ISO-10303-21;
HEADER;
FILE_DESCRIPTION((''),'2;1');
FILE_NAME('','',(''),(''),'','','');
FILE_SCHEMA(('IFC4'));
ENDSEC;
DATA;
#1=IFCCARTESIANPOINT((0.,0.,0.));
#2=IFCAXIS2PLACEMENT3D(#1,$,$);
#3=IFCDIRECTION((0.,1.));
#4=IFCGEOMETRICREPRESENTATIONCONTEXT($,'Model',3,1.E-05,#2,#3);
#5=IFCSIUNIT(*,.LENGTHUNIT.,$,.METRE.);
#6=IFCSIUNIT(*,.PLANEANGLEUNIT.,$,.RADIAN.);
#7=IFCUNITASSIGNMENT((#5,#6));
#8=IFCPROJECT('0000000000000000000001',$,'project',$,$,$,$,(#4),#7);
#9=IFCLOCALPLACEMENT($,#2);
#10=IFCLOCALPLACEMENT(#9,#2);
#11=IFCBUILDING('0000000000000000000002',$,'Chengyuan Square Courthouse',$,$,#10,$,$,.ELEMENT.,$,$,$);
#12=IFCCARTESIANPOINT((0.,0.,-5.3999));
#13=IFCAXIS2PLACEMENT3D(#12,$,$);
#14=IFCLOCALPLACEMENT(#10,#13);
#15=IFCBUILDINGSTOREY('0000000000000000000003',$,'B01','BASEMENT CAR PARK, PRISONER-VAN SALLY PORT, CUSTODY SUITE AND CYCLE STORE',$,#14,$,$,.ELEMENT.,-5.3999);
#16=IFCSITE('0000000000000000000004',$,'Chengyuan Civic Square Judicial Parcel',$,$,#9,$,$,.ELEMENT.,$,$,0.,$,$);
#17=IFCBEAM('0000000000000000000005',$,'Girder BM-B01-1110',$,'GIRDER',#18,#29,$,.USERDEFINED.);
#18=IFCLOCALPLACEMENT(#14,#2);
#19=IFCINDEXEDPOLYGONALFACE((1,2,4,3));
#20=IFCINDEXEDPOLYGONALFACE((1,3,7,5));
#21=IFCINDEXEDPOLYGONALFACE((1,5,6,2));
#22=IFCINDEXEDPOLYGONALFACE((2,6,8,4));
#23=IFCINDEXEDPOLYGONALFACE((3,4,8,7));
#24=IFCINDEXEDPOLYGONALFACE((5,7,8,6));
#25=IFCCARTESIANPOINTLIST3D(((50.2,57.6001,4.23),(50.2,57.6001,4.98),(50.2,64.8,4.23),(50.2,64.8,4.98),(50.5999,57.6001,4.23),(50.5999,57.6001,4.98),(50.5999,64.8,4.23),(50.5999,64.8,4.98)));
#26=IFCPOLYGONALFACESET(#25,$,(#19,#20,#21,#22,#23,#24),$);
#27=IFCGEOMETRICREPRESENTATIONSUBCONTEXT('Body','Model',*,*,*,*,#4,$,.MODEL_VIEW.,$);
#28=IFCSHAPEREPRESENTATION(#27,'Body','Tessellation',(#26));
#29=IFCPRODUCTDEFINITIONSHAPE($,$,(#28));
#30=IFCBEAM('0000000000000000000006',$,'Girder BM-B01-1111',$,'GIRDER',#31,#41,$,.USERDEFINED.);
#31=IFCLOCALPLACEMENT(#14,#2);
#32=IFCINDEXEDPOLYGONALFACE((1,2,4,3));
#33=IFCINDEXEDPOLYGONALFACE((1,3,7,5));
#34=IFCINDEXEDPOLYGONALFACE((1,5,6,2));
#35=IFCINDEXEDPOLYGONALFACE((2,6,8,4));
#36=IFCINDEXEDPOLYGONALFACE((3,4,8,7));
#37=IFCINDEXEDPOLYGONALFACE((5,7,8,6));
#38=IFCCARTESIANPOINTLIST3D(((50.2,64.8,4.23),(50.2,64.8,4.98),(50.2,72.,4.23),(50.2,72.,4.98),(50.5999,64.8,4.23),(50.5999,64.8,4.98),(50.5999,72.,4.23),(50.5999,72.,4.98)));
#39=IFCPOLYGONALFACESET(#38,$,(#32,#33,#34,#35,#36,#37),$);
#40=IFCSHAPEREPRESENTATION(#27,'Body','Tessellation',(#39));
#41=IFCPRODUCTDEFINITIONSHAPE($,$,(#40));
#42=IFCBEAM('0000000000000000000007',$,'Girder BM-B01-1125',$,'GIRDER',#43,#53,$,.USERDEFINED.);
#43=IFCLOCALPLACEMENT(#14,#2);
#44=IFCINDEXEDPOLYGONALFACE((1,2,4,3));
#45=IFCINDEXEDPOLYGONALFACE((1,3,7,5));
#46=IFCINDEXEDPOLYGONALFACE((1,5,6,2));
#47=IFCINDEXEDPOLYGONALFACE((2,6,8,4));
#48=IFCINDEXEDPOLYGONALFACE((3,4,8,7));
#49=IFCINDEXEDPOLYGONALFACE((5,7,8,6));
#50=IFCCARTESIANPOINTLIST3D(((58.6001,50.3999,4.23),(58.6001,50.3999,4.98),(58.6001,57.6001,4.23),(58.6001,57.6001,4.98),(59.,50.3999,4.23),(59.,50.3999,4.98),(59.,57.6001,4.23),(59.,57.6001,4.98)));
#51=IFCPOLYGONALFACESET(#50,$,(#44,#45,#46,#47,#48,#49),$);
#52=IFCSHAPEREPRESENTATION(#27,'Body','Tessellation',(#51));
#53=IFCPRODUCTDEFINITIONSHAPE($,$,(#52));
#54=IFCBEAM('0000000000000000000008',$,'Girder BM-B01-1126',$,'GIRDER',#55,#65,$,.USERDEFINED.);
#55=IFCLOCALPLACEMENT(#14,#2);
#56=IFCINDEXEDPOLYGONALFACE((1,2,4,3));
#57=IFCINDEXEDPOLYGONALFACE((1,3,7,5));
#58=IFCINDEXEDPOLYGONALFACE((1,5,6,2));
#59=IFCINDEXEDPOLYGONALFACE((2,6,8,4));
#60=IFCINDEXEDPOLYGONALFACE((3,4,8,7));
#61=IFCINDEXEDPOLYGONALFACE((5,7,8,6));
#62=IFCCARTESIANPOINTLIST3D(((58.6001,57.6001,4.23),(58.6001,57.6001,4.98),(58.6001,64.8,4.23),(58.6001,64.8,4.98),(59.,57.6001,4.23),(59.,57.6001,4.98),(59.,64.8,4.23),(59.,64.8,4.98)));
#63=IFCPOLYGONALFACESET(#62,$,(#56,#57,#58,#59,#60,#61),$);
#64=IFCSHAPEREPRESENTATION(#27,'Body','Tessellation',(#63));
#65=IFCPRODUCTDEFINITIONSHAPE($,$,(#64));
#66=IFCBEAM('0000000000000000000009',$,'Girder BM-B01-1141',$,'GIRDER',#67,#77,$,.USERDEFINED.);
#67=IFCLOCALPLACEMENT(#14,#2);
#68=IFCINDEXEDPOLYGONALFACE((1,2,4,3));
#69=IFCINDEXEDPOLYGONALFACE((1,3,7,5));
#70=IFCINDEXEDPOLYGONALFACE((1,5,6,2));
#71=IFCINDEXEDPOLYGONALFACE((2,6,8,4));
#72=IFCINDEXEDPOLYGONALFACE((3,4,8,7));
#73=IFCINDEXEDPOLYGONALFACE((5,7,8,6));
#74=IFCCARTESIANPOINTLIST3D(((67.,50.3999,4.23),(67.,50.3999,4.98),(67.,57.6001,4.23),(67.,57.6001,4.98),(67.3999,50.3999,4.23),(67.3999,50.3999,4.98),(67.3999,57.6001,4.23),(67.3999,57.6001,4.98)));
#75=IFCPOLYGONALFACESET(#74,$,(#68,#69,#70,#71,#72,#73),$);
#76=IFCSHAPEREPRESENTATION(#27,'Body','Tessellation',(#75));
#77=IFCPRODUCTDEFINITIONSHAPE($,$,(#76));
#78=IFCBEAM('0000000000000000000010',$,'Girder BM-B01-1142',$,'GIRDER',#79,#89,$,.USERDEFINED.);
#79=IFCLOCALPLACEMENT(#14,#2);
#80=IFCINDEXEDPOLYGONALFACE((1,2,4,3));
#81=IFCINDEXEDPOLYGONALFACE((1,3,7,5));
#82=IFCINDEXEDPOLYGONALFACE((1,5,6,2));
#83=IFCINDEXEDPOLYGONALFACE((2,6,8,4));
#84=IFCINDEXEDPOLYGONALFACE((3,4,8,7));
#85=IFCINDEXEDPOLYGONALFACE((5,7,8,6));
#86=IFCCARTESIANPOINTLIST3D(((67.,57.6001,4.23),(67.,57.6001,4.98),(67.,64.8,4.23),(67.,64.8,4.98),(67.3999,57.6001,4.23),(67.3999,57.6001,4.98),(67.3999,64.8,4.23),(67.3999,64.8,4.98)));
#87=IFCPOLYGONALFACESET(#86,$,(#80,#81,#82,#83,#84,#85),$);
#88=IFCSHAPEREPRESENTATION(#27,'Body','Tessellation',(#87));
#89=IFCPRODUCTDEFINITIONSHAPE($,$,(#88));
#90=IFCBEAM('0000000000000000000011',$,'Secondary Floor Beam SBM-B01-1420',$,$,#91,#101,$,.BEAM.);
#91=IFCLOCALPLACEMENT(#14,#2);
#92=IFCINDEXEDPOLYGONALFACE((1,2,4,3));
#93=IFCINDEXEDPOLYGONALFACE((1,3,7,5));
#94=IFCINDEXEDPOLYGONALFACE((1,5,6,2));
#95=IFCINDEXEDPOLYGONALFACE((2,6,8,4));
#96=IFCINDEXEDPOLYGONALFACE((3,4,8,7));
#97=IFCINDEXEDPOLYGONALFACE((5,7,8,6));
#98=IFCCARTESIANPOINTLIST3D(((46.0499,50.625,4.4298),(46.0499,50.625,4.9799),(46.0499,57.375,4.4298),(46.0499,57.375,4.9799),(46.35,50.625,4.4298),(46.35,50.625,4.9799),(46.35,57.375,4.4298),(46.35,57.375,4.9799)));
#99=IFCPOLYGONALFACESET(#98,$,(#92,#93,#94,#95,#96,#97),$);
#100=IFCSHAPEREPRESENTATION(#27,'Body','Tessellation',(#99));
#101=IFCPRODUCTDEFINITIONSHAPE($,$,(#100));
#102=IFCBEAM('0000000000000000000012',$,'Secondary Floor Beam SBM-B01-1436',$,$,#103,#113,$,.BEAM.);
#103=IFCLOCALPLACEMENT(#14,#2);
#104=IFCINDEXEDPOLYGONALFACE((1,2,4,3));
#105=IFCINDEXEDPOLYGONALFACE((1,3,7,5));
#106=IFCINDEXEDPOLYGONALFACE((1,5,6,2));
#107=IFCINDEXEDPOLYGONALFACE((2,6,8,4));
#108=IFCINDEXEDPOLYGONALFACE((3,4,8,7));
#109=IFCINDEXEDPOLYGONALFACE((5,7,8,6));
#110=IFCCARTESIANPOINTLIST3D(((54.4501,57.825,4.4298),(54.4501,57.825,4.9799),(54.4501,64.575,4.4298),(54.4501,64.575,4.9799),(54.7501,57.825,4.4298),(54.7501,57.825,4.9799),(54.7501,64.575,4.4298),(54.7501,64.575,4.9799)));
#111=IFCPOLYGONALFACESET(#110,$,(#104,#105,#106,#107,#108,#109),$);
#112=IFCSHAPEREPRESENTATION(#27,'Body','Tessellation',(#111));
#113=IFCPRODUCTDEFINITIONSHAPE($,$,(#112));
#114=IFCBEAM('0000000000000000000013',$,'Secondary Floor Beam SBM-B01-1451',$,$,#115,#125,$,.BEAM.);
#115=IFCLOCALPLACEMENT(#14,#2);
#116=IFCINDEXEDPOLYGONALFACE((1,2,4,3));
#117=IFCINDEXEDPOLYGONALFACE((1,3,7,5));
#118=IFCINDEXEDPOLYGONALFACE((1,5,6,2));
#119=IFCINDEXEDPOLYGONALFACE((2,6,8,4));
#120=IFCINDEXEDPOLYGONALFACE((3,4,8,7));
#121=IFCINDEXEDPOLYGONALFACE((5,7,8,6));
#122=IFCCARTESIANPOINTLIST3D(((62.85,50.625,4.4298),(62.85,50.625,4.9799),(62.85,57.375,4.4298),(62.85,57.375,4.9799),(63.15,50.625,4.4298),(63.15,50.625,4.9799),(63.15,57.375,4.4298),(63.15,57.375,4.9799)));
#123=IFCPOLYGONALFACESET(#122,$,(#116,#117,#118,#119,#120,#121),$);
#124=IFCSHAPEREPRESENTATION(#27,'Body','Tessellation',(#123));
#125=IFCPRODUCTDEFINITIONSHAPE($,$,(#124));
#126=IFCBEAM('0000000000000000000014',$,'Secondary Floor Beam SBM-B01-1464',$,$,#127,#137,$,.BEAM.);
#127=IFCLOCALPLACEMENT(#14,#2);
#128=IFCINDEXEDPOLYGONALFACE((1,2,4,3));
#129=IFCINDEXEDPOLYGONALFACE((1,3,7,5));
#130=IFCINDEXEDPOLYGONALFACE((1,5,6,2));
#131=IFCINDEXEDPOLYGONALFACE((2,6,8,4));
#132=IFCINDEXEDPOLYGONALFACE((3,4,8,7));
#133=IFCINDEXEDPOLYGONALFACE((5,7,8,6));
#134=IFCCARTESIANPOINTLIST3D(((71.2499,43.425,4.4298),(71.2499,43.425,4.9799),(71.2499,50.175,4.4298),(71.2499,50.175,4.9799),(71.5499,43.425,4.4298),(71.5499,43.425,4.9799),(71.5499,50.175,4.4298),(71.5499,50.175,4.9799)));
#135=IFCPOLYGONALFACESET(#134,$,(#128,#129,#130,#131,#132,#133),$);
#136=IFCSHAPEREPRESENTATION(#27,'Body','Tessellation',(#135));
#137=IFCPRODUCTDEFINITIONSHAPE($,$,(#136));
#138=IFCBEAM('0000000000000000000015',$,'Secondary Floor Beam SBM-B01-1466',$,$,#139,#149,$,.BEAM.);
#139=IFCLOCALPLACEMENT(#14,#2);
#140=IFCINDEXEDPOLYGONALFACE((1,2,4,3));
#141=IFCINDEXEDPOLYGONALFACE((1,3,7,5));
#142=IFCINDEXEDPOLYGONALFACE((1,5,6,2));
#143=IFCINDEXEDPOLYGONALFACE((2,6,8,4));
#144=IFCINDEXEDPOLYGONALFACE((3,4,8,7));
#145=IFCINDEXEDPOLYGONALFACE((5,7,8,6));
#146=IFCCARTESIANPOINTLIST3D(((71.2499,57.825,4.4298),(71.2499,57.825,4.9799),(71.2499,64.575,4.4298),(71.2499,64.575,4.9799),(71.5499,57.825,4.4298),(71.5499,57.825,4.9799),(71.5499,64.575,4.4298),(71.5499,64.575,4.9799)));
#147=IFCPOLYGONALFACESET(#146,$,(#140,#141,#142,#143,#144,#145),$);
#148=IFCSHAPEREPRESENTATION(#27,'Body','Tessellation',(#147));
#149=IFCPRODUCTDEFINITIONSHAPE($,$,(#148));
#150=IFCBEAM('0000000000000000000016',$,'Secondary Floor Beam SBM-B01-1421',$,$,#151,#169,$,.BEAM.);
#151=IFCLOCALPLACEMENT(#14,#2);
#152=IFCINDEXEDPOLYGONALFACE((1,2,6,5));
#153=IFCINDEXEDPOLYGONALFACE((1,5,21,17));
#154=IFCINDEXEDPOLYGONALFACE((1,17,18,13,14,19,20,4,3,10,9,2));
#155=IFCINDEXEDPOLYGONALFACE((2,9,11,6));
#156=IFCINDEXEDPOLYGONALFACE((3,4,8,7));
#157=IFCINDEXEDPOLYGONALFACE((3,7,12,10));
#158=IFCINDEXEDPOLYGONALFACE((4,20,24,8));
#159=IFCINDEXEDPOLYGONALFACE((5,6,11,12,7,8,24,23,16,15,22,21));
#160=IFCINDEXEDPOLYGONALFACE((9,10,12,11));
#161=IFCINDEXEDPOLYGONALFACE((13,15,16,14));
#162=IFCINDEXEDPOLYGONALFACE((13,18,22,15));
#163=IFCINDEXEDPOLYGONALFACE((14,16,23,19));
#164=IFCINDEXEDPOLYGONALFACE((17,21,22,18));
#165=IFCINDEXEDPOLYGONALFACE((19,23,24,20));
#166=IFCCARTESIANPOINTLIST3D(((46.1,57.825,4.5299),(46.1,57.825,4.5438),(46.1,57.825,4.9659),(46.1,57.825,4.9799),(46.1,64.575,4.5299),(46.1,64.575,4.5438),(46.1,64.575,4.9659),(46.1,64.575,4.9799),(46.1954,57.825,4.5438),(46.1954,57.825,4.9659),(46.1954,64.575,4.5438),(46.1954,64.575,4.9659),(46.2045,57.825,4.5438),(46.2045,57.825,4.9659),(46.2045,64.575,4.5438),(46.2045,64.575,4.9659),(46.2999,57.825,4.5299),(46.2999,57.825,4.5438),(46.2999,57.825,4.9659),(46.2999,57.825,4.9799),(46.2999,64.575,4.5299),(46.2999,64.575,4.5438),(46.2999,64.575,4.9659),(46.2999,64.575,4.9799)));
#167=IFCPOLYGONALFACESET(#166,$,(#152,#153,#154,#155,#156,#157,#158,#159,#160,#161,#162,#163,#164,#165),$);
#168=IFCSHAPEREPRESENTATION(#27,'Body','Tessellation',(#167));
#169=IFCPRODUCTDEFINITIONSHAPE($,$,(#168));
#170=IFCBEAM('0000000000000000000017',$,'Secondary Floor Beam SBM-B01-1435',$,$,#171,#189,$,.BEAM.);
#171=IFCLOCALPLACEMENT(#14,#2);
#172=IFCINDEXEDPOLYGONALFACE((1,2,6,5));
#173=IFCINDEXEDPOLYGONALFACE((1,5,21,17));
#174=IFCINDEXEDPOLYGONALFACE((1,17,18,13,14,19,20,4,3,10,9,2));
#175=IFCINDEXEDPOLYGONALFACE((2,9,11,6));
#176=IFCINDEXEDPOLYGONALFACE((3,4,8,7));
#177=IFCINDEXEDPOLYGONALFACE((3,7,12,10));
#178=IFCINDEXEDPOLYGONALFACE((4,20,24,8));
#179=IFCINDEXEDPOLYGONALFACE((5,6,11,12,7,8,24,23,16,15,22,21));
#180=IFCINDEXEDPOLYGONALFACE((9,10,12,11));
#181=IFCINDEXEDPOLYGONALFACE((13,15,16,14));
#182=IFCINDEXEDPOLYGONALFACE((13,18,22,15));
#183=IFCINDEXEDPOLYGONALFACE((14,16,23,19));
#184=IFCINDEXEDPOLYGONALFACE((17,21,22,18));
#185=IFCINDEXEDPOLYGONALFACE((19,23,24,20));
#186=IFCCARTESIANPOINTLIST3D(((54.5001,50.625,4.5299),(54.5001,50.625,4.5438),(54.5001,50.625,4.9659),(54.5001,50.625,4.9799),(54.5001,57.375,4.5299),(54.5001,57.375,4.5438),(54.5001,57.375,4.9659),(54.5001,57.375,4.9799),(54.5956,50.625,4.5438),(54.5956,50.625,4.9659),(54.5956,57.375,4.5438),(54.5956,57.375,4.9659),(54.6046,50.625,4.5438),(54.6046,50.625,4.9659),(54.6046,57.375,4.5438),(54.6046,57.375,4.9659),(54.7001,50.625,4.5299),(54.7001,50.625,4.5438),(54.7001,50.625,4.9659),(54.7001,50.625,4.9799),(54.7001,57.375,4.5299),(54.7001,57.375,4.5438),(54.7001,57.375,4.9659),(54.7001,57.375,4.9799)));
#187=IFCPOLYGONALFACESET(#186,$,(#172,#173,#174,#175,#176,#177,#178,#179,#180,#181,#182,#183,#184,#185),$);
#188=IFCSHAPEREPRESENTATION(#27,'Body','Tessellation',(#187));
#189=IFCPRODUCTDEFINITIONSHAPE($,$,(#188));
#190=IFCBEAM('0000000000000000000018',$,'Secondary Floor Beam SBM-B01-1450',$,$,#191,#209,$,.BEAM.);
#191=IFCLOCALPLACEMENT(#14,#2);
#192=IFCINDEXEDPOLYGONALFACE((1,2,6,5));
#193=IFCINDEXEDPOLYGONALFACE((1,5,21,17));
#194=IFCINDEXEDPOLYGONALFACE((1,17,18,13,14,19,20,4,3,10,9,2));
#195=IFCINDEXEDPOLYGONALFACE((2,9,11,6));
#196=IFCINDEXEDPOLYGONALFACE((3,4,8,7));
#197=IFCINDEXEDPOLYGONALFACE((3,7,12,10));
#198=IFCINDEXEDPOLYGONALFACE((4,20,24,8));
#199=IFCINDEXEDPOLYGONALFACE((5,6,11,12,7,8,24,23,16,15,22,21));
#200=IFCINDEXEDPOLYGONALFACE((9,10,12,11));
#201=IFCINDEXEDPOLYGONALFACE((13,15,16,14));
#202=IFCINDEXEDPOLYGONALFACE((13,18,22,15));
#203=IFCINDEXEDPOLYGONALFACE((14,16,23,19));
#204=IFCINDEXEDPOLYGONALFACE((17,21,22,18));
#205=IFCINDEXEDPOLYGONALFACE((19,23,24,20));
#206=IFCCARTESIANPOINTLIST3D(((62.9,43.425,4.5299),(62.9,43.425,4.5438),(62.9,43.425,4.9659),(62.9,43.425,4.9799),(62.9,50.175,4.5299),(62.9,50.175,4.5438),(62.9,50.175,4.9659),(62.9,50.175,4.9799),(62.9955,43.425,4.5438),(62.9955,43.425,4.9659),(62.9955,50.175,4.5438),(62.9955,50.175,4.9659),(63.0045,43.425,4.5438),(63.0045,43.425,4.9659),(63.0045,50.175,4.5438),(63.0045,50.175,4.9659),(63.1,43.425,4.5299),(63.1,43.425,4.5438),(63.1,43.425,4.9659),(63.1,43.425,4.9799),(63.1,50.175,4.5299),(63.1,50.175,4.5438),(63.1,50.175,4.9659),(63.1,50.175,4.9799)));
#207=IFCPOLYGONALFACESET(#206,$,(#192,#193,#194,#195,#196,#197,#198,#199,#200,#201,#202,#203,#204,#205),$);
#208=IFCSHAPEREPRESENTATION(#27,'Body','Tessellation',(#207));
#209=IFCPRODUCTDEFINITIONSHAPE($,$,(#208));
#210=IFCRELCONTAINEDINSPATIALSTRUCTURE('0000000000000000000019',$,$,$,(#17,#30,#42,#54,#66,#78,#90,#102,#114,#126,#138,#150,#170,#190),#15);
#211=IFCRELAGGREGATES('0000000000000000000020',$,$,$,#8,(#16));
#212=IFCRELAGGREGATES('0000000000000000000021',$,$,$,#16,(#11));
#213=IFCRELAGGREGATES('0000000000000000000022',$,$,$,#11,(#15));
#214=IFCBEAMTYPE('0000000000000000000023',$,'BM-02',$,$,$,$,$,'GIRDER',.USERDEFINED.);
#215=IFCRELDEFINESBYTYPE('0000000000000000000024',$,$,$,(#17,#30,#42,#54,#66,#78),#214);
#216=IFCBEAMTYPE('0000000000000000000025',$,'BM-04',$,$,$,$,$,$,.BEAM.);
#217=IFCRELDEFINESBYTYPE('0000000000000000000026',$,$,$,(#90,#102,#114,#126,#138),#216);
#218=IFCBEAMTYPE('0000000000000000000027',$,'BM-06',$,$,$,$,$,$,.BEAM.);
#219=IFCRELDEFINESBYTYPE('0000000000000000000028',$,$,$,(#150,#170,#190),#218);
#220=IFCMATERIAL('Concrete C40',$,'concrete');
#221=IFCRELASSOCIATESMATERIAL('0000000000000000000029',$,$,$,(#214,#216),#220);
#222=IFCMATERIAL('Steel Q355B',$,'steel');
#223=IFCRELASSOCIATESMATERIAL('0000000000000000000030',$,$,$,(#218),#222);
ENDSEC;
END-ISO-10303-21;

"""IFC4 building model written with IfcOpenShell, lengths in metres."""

from ifc_helpers import new_model, si_unit, direction, frame, origin, origin_2d, place, context, subcontext, project, spatial, rectangle, i_section, extrude, material, material_profile, profile_set, type_object, element, save


model = new_model("IFC4")

# Units and contexts
model_context = context("Model", 3, precision=1e-05, world=origin(), true_north=direction((0.0, 1.0)))
body_context = subcontext(model_context, "Body", "Model", "MODEL_VIEW")
ifc_project = project(units=[si_unit("LENGTHUNIT", "METRE"), si_unit("PLANEANGLEUNIT", "RADIAN")], contexts=[model_context])

# Site, building, storey
site_placement = place(None, origin())
site = spatial("IfcSite", under=ifc_project, at=site_placement, Name="Chengyuan Civic Square Judicial Parcel", CompositionType="ELEMENT", RefElevation=0.0)
building_placement = place(site_placement, origin())
building = spatial("IfcBuilding", under=site, at=building_placement, Name="Chengyuan Square Courthouse", CompositionType="ELEMENT")
storey_placement = place(building_placement, frame((0.0, 0.0, -5.3999)))
storey = spatial("IfcBuildingStorey", under=building, at=storey_placement, Name="B01", Description="BASEMENT CAR PARK, PRISONER-VAN SALLY PORT, CUSTODY SUITE AND CYCLE STORE", CompositionType="ELEMENT", Elevation=-5.3999)

# Beams
ifc_material_1 = material(Name="Concrete C40", Category="concrete")
ifc_material_profile_1 = material_profile(ifc_material_1, rectangle(XDim=0.3999, YDim=0.75, at=origin_2d()), Name="RC-BM-400x750")
ifc_profile_set_1 = profile_set([ifc_material_profile_1], Name="Concrete C40")
beam_type_1 = type_object("IfcBeamType", Name="BM-02", ElementType="GIRDER", PredefinedType="USERDEFINED", material=ifc_profile_set_1)
for number, where, z_axis, x_axis, name in (
    (1, (50.3999, 57.6001, 4.605), (0.0, 1.0, 0.0), (-1.0, 0.0, 0.0), "Girder BM-B01-1110"),
    (2, (50.3999, 64.8, 4.605), (0.0, 1.0, 0.0), (-1.0, 0.0, 0.0), "Girder BM-B01-1111"),
):
    element("IfcBeam", number, at=place(storey_placement, frame(where, z_axis=z_axis, x_axis=x_axis)), inside=storey, type_object=beam_type_1, Name=name, ObjectType="GIRDER", PredefinedType="USERDEFINED", context=body_context, shape_type="SweptSolid", body=[
        extrude(rectangle(XDim=0.3999, YDim=0.75, at=origin_2d()), origin(), (0.0, 0.0, 1.0), 7.2),
    ])
beam_1_placement = place(storey_placement, frame((58.8, 50.3999, 4.605), z_axis=(0.0, 1.0, 0.0), x_axis=(-1.0, 0.0, 0.0)))
element("IfcBeam", 3, at=beam_1_placement, inside=storey, type_object=beam_type_1, Name="Girder BM-B01-1125", ObjectType="GIRDER", PredefinedType="USERDEFINED", context=body_context, shape_type="SweptSolid", body=[
    extrude(rectangle(XDim=0.3999, YDim=0.75, at=origin_2d()), origin(), (0.0, 0.0, 1.0), 7.2002),
])
beam_2_placement = place(storey_placement, frame((58.8, 57.6001, 4.605), z_axis=(0.0, 1.0, 0.0), x_axis=(-1.0, 0.0, 0.0)))
element("IfcBeam", 4, at=beam_2_placement, inside=storey, type_object=beam_type_1, Name="Girder BM-B01-1126", ObjectType="GIRDER", PredefinedType="USERDEFINED", context=body_context, shape_type="SweptSolid", body=[
    extrude(rectangle(XDim=0.3999, YDim=0.75, at=origin_2d()), origin(), (0.0, 0.0, 1.0), 7.2),
])
beam_3_placement = place(storey_placement, frame((67.2, 50.3999, 4.605), z_axis=(0.0, 1.0, 0.0), x_axis=(-1.0, 0.0, 0.0)))
element("IfcBeam", 5, at=beam_3_placement, inside=storey, type_object=beam_type_1, Name="Girder BM-B01-1141", ObjectType="GIRDER", PredefinedType="USERDEFINED", context=body_context, shape_type="SweptSolid", body=[
    extrude(rectangle(XDim=0.3999, YDim=0.75, at=origin_2d()), origin(), (0.0, 0.0, 1.0), 7.2002),
])
beam_4_placement = place(storey_placement, frame((67.2, 57.6001, 4.605), z_axis=(0.0, 1.0, 0.0), x_axis=(-1.0, 0.0, 0.0)))
element("IfcBeam", 6, at=beam_4_placement, inside=storey, type_object=beam_type_1, Name="Girder BM-B01-1142", ObjectType="GIRDER", PredefinedType="USERDEFINED", context=body_context, shape_type="SweptSolid", body=[
    extrude(rectangle(XDim=0.3999, YDim=0.75, at=origin_2d()), origin(), (0.0, 0.0, 1.0), 7.2),
])
ifc_material_profile_2 = material_profile(ifc_material_1, rectangle(XDim=0.3, YDim=0.55, at=origin_2d()), Name="RC-BM-300x550")
ifc_profile_set_2 = profile_set([ifc_material_profile_2], Name="Concrete C40")
beam_type_2 = type_object("IfcBeamType", Name="BM-04", PredefinedType="BEAM", material=ifc_profile_set_2)
for number, where, z_axis, x_axis, name in (
    (7, (46.2, 50.625, 4.7048), (0.0, 1.0, 0.0), (-1.0, 0.0, 0.0), "Secondary Floor Beam SBM-B01-1420"),
    (8, (54.6001, 57.825, 4.7048), (0.0, 1.0, 0.0), (-1.0, 0.0, 0.0), "Secondary Floor Beam SBM-B01-1436"),
    (9, (63.0, 50.625, 4.7048), (0.0, 1.0, 0.0), (-1.0, 0.0, 0.0), "Secondary Floor Beam SBM-B01-1451"),
    (10, (71.3999, 43.425, 4.7048), (0.0, 1.0, 0.0), (-1.0, 0.0, 0.0), "Secondary Floor Beam SBM-B01-1464"),
    (11, (71.3999, 57.825, 4.7048), (0.0, 1.0, 0.0), (-1.0, 0.0, 0.0), "Secondary Floor Beam SBM-B01-1466"),
):
    element("IfcBeam", number, at=place(storey_placement, frame(where, z_axis=z_axis, x_axis=x_axis)), inside=storey, type_object=beam_type_2, Name=name, PredefinedType="BEAM", context=body_context, shape_type="SweptSolid", body=[
        extrude(rectangle(XDim=0.3, YDim=0.55, at=origin_2d()), origin(), (0.0, 0.0, 1.0), 6.75),
    ])
ifc_material_2 = material(Name="Steel Q355B", Category="steel")
ifc_material_profile_3 = material_profile(ifc_material_2, i_section(OverallWidth=0.2, OverallDepth=0.45, WebThickness=0.009, FlangeThickness=0.0139, at=origin_2d()), Name="HN 450x200x9x14")
ifc_profile_set_3 = profile_set([ifc_material_profile_3], Name="Steel Q355B")
beam_type_3 = type_object("IfcBeamType", Name="BM-06", PredefinedType="BEAM", material=ifc_profile_set_3)
for number, where, z_axis, x_axis, name in (
    (12, (46.2, 57.825, 4.7549), (0.0, 1.0, 0.0), (-1.0, 0.0, 0.0), "Secondary Floor Beam SBM-B01-1421"),
    (13, (54.6001, 50.625, 4.7549), (0.0, 1.0, 0.0), (-1.0, 0.0, 0.0), "Secondary Floor Beam SBM-B01-1435"),
    (14, (63.0, 43.425, 4.7549), (0.0, 1.0, 0.0), (-1.0, 0.0, 0.0), "Secondary Floor Beam SBM-B01-1450"),
):
    element("IfcBeam", number, at=place(storey_placement, frame(where, z_axis=z_axis, x_axis=x_axis)), inside=storey, type_object=beam_type_3, Name=name, PredefinedType="BEAM", context=body_context, shape_type="SweptSolid", body=[
        extrude(i_section(OverallWidth=0.2, OverallDepth=0.45, WebThickness=0.009, FlangeThickness=0.0139, at=origin_2d()), origin(), (0.0, 0.0, 1.0), 6.75),
    ])

save(model, "model.ifc")
